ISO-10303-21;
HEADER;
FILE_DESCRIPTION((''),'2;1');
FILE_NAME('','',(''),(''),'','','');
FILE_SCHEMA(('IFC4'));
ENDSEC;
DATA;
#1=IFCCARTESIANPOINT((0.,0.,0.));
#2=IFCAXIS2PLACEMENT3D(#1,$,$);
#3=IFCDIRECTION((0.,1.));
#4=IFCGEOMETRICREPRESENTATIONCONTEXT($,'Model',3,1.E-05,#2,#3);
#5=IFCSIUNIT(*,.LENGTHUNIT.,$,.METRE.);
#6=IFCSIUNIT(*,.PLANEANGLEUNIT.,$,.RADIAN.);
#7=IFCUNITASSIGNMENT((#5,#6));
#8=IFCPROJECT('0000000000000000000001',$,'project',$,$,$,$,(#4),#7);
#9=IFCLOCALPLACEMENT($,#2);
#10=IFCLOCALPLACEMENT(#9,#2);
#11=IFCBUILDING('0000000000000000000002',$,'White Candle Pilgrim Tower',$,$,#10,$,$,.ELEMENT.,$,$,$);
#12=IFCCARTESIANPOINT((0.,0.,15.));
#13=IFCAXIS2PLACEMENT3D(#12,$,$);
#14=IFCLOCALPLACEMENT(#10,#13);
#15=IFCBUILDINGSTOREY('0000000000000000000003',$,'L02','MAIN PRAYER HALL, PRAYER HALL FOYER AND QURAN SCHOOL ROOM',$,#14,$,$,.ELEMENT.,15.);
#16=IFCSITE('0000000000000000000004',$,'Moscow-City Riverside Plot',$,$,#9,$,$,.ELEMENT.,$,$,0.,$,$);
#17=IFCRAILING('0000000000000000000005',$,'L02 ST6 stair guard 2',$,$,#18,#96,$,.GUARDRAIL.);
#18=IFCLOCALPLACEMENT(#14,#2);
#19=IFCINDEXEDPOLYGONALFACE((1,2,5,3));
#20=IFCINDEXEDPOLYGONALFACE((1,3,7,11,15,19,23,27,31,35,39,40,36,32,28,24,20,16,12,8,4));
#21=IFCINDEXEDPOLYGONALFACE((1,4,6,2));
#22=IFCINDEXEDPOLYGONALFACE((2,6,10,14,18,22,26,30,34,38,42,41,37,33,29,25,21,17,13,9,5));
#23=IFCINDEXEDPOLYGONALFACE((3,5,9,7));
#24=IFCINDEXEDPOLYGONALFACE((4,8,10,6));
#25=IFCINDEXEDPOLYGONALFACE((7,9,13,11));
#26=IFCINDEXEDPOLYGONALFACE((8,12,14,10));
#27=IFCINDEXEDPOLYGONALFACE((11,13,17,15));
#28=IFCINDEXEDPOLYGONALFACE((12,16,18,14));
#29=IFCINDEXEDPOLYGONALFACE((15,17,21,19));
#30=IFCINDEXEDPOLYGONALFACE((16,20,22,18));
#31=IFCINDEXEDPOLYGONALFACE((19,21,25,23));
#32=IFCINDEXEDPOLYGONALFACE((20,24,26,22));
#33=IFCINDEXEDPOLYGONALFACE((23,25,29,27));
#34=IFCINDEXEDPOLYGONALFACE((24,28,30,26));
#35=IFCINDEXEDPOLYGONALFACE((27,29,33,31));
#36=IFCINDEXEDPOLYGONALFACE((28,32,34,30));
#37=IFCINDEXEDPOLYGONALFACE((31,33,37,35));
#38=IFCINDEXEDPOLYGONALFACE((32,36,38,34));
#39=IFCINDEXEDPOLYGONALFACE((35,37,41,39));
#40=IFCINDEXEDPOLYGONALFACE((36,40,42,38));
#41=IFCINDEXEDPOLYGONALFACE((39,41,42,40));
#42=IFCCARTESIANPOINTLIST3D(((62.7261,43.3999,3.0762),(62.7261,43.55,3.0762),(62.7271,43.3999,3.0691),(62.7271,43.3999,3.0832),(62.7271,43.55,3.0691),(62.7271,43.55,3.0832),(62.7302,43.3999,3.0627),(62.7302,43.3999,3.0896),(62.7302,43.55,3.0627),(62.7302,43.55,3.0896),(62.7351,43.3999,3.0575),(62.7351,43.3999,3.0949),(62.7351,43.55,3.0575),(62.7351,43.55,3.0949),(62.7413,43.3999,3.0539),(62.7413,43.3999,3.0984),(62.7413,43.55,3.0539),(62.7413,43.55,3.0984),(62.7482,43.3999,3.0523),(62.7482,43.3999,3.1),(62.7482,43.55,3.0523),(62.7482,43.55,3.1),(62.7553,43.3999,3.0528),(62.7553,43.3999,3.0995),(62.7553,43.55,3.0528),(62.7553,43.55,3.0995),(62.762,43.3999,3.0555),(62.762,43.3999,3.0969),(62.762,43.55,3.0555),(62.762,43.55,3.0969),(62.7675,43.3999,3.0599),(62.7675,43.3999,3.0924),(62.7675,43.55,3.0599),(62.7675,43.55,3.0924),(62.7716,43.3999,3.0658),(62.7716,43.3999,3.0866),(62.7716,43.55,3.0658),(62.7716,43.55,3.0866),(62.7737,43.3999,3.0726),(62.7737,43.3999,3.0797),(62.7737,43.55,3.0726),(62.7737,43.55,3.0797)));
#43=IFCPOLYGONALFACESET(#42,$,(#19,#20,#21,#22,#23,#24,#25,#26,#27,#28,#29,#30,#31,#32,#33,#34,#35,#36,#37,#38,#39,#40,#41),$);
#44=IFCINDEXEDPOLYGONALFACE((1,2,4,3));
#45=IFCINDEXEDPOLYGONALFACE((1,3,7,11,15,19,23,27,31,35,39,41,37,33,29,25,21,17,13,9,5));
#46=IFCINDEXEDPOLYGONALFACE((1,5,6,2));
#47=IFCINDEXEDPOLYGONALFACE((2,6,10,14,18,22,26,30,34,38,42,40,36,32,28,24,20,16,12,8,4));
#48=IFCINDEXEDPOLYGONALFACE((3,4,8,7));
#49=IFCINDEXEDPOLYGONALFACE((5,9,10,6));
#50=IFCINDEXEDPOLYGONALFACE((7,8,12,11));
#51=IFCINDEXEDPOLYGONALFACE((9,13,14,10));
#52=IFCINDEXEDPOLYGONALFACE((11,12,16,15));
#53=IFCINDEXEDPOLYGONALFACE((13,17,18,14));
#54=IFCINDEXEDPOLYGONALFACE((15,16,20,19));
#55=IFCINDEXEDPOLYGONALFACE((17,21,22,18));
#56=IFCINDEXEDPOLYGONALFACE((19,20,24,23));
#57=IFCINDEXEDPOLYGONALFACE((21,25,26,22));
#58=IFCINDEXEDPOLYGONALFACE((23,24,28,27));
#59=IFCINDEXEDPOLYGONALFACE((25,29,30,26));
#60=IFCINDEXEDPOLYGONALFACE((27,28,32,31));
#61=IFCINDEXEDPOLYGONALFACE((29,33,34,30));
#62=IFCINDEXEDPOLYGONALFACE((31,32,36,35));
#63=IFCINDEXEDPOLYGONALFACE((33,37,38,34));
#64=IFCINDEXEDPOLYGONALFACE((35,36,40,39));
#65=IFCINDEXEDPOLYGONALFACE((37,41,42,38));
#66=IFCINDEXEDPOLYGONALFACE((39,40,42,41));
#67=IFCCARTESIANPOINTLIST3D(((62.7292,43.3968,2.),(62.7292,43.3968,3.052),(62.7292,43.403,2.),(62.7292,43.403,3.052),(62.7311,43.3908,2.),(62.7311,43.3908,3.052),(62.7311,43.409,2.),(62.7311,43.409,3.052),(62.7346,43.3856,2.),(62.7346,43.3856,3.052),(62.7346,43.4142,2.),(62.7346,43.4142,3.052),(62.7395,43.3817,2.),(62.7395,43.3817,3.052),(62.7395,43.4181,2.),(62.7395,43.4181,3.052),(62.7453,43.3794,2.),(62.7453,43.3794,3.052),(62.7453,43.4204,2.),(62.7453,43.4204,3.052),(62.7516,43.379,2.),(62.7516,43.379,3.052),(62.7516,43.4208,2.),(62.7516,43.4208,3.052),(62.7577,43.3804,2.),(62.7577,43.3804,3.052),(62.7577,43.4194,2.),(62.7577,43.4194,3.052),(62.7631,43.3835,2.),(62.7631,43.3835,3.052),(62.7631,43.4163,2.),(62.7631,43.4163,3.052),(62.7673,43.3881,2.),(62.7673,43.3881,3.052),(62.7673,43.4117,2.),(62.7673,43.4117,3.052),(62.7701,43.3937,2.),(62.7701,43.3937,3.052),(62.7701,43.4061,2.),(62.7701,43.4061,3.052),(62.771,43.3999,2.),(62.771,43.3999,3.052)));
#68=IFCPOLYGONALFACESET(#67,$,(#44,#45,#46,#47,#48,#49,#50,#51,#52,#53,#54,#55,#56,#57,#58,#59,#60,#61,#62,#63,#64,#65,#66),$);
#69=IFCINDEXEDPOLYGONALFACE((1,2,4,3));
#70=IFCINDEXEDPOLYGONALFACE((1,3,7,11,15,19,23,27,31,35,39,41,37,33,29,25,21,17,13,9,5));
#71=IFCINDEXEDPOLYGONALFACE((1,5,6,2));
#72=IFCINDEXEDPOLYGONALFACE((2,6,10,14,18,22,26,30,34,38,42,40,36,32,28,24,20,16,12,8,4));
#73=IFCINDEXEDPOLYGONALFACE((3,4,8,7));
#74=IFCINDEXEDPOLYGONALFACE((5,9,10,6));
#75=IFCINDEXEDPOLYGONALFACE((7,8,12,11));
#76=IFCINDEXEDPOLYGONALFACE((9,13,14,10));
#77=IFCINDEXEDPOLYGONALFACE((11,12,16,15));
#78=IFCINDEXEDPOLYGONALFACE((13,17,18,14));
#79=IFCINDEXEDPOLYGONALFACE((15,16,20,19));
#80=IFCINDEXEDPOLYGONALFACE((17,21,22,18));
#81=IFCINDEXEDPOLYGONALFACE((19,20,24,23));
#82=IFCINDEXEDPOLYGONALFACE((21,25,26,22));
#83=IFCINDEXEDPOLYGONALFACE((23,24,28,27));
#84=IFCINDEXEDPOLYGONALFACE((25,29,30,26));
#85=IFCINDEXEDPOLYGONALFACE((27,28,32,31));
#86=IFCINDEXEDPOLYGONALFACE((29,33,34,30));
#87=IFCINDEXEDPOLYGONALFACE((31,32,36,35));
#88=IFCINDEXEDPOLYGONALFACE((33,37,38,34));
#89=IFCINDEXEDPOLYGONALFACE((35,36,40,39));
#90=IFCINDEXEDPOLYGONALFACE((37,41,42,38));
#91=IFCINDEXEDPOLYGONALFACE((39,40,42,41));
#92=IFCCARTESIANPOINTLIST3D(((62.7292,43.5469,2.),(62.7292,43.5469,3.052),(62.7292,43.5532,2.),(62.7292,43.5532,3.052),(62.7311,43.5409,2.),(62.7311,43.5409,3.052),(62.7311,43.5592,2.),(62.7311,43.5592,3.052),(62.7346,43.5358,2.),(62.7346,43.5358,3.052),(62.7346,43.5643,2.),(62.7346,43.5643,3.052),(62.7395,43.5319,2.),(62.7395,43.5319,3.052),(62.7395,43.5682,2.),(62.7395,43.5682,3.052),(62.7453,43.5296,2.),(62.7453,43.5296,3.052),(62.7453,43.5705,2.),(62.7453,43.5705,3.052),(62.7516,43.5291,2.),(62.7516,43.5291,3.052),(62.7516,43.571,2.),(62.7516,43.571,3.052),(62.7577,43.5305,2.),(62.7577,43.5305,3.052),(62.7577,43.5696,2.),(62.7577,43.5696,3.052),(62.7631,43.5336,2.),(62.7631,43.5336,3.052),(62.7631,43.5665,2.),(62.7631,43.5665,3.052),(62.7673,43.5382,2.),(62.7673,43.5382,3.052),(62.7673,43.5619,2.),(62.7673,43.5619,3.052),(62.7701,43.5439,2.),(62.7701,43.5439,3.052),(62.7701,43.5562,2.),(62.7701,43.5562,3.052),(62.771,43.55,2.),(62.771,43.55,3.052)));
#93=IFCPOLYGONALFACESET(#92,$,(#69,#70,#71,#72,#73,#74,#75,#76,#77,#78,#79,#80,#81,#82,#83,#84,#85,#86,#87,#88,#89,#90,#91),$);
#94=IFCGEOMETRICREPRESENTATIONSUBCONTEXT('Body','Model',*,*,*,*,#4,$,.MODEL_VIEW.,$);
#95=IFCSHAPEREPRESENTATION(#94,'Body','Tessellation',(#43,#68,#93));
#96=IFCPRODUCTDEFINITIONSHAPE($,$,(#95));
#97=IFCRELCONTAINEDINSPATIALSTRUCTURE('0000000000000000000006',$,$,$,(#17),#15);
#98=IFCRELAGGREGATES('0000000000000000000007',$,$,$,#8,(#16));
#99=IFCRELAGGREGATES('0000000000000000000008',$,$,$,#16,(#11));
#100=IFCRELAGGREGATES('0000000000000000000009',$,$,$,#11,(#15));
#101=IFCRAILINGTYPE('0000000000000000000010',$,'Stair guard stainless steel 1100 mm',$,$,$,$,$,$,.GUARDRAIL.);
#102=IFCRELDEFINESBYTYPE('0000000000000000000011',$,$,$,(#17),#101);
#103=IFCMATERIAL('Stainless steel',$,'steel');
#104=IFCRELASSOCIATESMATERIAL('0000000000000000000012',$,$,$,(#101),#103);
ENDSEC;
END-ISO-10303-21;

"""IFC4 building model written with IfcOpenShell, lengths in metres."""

from ifc_helpers import new_model, si_unit, direction, frame, origin, origin_2d, place, context, subcontext, project, spatial, circle, extrude, material, type_object, element, save


model = new_model("IFC4")

# Units and contexts
model_context = context("Model", 3, precision=1e-05, world=origin(), true_north=direction((0.0, 1.0)))
body_context = subcontext(model_context, "Body", "Model", "MODEL_VIEW")
ifc_project = project(units=[si_unit("LENGTHUNIT", "METRE"), si_unit("PLANEANGLEUNIT", "RADIAN")], contexts=[model_context])

# Site, building, storey
site_placement = place(None, origin())
site = spatial("IfcSite", under=ifc_project, at=site_placement, Name="Moscow-City Riverside Plot", CompositionType="ELEMENT", RefElevation=0.0)
building_placement = place(site_placement, origin())
building = spatial("IfcBuilding", under=site, at=building_placement, Name="White Candle Pilgrim Tower", CompositionType="ELEMENT")
storey_placement = place(building_placement, frame((0.0, 0.0, 15.0)))
storey = spatial("IfcBuildingStorey", under=building, at=storey_placement, Name="L02", Description="MAIN PRAYER HALL, PRAYER HALL FOYER AND QURAN SCHOOL ROOM", CompositionType="ELEMENT", Elevation=15.0)

# Railing
ifc_material_1 = material(Name="Stainless steel", Category="steel")
railing_type_1 = type_object("IfcRailingType", Name="Stair guard stainless steel 1100 mm", PredefinedType="GUARDRAIL", material=ifc_material_1)
railing_1_placement = place(storey_placement, frame((62.75, 43.3999, 2.0)))
element("IfcRailing", 1, at=railing_1_placement, inside=storey, type_object=railing_type_1, Name="L02 ST6 stair guard 2", PredefinedType="GUARDRAIL", context=body_context, shape_type="SweptSolid", body=[
    extrude(circle(Radius=0.0239, at=origin_2d()), frame((0.0, 0.0, 1.0762), z_axis=(0.0, 1.0, 0.0), x_axis=(-1.0, 0.0, 0.0)), (0.0, 0.0, 1.0), 0.1501),
    extrude(circle(Radius=0.021, at=origin_2d()), origin(), (0.0, 0.0, 1.0), 1.052),
    extrude(circle(Radius=0.021, at=origin_2d()), frame((0.0, 0.1501, 0.0)), (0.0, 0.0, 1.0), 1.052),
])

save(model, "model.ifc")
